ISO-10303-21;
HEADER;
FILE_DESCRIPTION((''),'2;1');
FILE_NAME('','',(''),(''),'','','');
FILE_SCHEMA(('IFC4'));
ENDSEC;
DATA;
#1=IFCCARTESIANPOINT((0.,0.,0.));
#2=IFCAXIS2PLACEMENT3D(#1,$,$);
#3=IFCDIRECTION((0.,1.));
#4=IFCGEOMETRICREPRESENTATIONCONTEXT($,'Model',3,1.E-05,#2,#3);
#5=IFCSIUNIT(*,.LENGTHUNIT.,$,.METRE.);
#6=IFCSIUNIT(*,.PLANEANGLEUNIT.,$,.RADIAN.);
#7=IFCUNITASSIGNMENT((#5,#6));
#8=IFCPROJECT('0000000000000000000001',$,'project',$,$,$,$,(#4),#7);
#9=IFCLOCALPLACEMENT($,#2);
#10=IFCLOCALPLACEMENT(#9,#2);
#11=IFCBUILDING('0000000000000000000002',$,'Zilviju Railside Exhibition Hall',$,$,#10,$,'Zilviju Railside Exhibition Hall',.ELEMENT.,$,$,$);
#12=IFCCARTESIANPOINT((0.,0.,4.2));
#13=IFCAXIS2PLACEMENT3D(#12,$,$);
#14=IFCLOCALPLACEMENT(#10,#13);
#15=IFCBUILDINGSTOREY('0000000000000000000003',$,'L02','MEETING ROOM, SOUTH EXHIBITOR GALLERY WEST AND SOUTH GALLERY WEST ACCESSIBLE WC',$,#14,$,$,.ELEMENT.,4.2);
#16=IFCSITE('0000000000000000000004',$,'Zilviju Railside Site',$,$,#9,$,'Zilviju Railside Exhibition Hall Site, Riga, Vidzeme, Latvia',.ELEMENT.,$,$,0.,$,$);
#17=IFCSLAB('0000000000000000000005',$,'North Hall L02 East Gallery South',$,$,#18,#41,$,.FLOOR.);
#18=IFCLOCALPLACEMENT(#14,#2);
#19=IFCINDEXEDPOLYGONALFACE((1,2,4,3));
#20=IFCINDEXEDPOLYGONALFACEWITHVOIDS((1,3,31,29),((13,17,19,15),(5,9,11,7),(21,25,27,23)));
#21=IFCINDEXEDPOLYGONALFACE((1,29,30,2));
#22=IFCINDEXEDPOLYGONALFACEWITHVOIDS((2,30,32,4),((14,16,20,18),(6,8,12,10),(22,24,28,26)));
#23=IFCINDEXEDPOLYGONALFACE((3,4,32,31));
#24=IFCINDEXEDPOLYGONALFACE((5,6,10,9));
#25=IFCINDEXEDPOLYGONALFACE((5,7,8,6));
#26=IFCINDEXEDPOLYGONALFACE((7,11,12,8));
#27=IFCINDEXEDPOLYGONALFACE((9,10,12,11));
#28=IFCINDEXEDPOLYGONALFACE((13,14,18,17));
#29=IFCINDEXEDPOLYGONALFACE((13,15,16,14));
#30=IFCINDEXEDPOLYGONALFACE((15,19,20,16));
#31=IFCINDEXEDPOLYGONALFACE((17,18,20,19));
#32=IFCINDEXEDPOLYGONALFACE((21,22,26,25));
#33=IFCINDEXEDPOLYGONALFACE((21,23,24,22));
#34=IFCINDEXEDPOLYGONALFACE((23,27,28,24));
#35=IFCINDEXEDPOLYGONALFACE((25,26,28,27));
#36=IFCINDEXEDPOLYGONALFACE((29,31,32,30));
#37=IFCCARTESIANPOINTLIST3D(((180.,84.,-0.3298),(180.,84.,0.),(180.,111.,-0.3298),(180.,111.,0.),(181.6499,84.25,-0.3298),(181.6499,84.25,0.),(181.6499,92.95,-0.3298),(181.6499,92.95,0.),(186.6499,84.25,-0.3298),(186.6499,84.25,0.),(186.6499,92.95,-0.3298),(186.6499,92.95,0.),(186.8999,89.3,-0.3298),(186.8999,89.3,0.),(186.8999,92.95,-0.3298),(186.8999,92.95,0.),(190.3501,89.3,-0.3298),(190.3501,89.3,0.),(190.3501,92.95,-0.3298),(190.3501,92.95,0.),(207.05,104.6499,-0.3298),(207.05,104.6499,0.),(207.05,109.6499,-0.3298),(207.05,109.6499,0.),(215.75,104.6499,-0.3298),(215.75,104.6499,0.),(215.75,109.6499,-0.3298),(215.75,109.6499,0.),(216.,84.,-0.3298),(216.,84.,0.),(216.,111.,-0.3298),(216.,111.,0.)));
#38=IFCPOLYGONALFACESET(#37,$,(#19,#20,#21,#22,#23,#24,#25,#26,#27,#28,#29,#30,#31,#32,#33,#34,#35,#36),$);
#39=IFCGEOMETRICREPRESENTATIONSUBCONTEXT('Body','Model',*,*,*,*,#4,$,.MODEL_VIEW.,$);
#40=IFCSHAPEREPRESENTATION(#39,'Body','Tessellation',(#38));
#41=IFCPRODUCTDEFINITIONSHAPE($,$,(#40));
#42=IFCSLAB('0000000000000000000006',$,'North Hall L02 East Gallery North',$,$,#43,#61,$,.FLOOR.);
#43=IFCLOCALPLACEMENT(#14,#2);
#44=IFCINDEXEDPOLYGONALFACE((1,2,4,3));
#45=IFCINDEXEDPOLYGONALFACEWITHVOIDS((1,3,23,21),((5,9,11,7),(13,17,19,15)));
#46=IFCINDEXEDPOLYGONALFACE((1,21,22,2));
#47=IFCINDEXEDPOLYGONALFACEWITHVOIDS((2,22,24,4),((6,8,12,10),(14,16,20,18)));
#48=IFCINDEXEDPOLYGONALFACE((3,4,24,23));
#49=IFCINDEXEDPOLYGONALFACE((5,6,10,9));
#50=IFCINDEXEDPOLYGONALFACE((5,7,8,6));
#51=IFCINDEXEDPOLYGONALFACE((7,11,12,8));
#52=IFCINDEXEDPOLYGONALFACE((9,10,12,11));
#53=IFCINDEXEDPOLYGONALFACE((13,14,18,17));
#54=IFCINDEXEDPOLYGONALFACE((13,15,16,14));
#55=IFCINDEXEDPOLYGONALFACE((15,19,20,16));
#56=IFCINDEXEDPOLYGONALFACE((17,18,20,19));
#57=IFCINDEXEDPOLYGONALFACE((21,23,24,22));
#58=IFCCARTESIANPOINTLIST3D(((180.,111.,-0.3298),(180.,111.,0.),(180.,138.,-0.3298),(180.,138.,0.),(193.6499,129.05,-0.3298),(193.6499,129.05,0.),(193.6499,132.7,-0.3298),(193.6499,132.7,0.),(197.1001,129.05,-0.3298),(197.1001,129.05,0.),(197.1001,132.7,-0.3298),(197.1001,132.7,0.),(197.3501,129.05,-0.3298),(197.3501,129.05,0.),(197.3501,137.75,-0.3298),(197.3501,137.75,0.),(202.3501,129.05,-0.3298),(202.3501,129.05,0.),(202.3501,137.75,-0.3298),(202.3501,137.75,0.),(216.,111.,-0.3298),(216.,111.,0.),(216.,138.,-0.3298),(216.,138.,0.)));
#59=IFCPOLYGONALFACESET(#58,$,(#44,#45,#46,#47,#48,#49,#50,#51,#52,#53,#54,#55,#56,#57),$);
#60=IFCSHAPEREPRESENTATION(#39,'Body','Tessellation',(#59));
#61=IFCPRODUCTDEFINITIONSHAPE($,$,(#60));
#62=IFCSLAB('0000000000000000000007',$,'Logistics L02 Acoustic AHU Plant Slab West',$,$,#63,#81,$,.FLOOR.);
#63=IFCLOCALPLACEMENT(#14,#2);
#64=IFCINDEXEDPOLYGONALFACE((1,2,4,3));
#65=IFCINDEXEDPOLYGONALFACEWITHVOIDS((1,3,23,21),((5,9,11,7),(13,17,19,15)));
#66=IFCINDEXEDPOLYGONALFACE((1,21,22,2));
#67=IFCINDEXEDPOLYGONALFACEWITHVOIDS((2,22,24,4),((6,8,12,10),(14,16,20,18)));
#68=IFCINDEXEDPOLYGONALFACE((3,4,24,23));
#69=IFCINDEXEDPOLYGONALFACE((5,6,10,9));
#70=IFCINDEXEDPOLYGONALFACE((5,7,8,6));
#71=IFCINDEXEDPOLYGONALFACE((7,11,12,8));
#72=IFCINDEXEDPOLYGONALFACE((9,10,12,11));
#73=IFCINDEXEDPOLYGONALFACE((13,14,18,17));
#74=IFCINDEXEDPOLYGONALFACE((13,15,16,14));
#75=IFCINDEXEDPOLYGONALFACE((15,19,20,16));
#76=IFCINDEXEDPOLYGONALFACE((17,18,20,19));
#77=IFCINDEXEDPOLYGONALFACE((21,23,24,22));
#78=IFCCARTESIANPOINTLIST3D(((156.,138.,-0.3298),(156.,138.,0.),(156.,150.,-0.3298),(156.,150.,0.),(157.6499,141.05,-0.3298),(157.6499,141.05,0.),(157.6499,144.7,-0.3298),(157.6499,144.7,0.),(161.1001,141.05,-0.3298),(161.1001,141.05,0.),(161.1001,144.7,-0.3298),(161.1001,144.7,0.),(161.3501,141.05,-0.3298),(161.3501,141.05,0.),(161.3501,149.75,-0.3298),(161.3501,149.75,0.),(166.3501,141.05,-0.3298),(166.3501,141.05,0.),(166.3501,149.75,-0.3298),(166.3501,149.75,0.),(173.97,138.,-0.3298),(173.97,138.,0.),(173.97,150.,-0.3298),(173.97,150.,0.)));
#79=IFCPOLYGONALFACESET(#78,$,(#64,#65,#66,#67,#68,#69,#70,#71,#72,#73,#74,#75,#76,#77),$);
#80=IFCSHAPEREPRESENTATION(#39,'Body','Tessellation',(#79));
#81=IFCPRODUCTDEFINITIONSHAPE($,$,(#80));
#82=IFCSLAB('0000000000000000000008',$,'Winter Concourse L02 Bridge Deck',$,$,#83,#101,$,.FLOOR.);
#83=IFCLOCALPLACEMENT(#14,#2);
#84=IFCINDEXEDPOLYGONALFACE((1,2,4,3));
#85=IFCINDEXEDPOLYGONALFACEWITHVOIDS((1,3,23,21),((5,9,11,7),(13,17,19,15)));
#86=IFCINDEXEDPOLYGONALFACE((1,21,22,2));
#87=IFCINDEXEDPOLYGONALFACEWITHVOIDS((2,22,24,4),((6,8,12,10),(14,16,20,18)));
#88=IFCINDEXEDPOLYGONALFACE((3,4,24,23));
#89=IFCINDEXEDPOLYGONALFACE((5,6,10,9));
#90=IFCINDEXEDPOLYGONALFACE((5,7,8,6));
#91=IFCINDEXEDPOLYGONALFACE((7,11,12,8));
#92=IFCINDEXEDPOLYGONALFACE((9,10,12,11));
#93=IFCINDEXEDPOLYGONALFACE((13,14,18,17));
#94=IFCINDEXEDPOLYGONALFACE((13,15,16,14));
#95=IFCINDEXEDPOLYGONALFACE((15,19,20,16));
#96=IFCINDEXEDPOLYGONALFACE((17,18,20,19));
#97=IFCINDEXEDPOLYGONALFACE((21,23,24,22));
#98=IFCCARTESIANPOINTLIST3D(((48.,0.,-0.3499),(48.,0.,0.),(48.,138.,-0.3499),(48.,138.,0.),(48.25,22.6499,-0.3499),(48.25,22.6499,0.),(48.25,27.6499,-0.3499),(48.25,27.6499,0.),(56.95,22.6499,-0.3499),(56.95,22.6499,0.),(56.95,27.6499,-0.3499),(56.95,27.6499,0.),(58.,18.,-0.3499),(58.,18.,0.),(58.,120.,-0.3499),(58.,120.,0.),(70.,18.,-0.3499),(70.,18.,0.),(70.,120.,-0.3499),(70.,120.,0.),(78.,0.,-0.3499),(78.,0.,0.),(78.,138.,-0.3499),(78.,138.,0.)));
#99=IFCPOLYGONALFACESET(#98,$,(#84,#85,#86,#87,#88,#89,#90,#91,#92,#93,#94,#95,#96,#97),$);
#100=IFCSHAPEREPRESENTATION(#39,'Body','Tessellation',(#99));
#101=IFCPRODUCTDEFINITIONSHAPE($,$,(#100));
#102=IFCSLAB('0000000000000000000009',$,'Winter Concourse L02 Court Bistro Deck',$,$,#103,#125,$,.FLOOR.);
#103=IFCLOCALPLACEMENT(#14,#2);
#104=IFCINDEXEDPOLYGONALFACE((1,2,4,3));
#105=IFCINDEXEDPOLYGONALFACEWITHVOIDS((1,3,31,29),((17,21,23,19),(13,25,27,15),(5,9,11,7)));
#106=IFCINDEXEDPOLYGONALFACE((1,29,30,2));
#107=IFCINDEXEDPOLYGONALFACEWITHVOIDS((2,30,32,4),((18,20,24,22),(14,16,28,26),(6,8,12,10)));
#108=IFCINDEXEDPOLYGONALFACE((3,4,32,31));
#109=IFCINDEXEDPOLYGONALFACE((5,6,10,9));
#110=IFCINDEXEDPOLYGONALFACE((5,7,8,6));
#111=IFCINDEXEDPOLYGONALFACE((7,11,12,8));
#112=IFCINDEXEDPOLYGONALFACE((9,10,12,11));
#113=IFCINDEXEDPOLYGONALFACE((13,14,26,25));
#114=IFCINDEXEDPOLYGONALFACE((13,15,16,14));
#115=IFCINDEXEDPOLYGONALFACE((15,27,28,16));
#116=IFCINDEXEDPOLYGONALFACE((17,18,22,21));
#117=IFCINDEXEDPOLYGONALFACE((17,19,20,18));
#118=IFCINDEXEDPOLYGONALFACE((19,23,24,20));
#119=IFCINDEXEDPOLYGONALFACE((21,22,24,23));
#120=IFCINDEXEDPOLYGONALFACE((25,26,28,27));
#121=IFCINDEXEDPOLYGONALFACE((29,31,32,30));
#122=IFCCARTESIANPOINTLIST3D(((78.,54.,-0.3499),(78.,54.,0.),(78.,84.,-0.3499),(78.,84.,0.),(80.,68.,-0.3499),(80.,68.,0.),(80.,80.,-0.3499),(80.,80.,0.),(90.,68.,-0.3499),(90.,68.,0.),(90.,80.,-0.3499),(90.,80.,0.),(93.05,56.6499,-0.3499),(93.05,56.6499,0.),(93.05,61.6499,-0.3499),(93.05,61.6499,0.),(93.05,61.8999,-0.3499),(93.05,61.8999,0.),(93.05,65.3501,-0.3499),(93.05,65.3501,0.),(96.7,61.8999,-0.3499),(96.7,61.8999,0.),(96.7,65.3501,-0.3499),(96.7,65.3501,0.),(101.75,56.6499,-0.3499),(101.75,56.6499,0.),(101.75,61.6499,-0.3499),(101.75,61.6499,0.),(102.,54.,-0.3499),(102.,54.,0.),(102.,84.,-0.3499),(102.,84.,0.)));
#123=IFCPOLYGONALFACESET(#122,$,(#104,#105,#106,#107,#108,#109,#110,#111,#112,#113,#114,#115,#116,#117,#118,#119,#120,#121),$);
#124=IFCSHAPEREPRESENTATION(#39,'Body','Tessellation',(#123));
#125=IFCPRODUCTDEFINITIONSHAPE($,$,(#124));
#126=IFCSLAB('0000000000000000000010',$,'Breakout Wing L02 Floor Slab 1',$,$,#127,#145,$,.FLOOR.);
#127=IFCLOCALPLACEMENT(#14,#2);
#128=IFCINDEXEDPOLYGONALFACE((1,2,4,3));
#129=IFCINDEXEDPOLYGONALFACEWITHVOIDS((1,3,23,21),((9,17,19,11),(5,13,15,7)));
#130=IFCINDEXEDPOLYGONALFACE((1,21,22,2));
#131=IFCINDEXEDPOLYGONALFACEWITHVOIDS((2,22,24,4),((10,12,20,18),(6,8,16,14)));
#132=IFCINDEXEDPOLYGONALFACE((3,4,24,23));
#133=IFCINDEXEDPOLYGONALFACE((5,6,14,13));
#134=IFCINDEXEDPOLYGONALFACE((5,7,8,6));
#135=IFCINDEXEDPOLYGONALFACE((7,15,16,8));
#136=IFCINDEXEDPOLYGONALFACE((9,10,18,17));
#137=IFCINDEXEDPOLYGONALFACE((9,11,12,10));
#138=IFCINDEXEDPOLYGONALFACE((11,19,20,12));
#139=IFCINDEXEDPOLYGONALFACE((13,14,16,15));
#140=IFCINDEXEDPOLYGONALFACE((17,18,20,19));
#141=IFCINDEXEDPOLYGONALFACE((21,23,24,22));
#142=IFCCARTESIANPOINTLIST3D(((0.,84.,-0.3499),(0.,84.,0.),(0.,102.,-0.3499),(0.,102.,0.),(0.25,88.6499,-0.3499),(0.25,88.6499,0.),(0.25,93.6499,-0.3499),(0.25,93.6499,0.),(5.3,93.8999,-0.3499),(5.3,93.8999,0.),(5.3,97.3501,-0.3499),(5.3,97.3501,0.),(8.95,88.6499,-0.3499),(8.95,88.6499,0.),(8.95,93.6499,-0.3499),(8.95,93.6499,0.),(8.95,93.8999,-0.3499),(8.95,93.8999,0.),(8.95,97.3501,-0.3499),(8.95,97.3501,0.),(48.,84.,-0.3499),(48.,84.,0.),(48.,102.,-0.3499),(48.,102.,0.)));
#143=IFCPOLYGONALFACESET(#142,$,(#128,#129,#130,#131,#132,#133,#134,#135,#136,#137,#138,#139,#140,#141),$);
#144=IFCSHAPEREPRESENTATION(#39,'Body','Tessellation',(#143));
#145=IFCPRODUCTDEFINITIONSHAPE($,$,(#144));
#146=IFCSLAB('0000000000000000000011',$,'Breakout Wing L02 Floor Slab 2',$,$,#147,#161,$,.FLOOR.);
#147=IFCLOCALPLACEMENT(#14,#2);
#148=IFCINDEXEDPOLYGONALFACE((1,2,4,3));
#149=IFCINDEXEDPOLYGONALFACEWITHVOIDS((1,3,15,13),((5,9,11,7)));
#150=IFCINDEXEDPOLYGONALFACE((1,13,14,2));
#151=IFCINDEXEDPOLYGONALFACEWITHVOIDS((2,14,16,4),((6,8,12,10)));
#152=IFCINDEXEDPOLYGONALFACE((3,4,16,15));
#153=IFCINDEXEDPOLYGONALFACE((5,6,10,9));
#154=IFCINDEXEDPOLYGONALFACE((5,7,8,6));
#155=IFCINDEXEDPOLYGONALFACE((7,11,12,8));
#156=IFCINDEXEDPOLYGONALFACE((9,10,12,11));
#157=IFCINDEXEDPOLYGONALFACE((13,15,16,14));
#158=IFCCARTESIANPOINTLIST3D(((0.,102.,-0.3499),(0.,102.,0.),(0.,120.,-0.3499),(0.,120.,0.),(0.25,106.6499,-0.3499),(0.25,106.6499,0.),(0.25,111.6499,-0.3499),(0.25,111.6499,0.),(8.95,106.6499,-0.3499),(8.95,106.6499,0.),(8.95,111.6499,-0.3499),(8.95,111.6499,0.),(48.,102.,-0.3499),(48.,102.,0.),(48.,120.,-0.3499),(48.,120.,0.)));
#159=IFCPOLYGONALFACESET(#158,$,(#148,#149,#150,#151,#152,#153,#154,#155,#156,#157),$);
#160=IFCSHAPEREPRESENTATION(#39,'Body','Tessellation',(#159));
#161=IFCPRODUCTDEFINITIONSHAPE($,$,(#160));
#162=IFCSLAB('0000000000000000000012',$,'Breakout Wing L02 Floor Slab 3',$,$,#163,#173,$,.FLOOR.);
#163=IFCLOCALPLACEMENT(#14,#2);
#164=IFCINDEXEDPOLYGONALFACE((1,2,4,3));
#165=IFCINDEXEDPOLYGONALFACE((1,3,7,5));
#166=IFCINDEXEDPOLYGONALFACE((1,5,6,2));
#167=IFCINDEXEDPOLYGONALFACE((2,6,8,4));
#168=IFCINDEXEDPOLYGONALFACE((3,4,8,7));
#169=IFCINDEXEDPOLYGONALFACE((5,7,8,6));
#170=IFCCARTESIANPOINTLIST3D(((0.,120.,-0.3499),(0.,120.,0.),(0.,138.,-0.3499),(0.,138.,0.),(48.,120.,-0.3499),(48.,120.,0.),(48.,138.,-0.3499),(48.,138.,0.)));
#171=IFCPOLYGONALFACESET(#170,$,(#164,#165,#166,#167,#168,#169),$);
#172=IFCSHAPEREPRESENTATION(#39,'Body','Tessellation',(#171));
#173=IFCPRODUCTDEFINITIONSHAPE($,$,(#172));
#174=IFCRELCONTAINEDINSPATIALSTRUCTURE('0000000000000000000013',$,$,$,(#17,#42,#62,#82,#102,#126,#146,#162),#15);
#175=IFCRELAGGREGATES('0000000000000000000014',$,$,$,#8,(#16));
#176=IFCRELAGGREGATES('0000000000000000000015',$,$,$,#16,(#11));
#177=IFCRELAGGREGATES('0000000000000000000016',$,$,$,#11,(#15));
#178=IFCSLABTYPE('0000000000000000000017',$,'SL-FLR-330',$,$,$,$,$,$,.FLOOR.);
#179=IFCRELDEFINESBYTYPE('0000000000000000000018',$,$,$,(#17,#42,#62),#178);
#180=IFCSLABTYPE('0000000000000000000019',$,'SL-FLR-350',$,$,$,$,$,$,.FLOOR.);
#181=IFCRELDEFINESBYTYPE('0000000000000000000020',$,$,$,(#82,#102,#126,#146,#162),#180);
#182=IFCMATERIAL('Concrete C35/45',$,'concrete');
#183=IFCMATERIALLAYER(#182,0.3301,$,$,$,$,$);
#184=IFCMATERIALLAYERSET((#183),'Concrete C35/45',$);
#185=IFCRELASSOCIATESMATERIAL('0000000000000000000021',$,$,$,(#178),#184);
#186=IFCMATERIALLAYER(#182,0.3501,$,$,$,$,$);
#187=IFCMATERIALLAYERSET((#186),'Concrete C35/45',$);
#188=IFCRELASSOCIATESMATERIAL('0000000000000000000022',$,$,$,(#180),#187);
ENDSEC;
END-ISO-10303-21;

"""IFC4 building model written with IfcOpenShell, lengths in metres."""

from ifc_helpers import new_model, si_unit, direction, frame, origin, place, context, subcontext, project, spatial, polyline, outline, extrude, material, layer, layer_set, type_object, element, save


model = new_model("IFC4")

# Units and contexts
model_context = context("Model", 3, precision=1e-05, world=origin(), true_north=direction((0.0, 1.0)))
body_context = subcontext(model_context, "Body", "Model", "MODEL_VIEW")
ifc_project = project(units=[si_unit("LENGTHUNIT", "METRE"), si_unit("PLANEANGLEUNIT", "RADIAN")], contexts=[model_context])

# Site, building, storey
site_placement = place(None, origin())
site = spatial("IfcSite", under=ifc_project, at=site_placement, Name="Zilviju Railside Site", LongName="Zilviju Railside Exhibition Hall Site, Riga, Vidzeme, Latvia", CompositionType="ELEMENT", RefElevation=0.0)
building_placement = place(site_placement, origin())
building = spatial("IfcBuilding", under=site, at=building_placement, Name="Zilviju Railside Exhibition Hall", LongName="Zilviju Railside Exhibition Hall", CompositionType="ELEMENT")
storey_placement = place(building_placement, frame((0.0, 0.0, 4.2)))
storey = spatial("IfcBuildingStorey", under=building, at=storey_placement, Name="L02", Description="MEETING ROOM, SOUTH EXHIBITOR GALLERY WEST AND SOUTH GALLERY WEST ACCESSIBLE WC", CompositionType="ELEMENT", Elevation=4.2)

# Slabs
ifc_material = material(Name="Concrete C35/45", Category="concrete")
ifc_layer_1 = layer(ifc_material, 0.3301)
ifc_layer_set_1 = layer_set([ifc_layer_1], Name="Concrete C35/45")
slab_type_1 = type_object("IfcSlabType", Name="SL-FLR-330", PredefinedType="FLOOR", material=ifc_layer_set_1)
slab_1_placement = place(storey_placement, frame((0.0, 0.0, -0.3298)))
element("IfcSlab", 1, at=slab_1_placement, inside=storey, type_object=slab_type_1, Name="North Hall L02 East Gallery South", PredefinedType="FLOOR", context=body_context, shape_type="SweptSolid", body=[
    extrude(outline(polyline([(180.0, 84.0), (216.0, 84.0), (216.0, 111.0), (180.0, 111.0), (180.0, 84.0)]), holes=[polyline([(181.6499, 84.25), (186.6499, 84.25), (186.6499, 92.95), (181.6499, 92.95), (181.6499, 84.25)]), polyline([(186.8999, 89.3), (190.3501, 89.3), (190.3501, 92.95), (186.8999, 92.95), (186.8999, 89.3)]), polyline([(207.05, 104.6499), (215.75, 104.6499), (215.75, 109.6499), (207.05, 109.6499), (207.05, 104.6499)])]), origin(), (0.0, 0.0, 1.0), 0.3298),
])
slab_2_placement = place(storey_placement, frame((0.0, 0.0, -0.3298)))
element("IfcSlab", 2, at=slab_2_placement, inside=storey, type_object=slab_type_1, Name="North Hall L02 East Gallery North", PredefinedType="FLOOR", context=body_context, shape_type="SweptSolid", body=[
    extrude(outline(polyline([(180.0, 111.0), (216.0, 111.0), (216.0, 138.0), (180.0, 138.0), (180.0, 111.0)]), holes=[polyline([(197.3501, 129.05), (202.3501, 129.05), (202.3501, 137.75), (197.3501, 137.75), (197.3501, 129.05)]), polyline([(193.6499, 129.05), (197.1001, 129.05), (197.1001, 132.7), (193.6499, 132.7), (193.6499, 129.05)])]), origin(), (0.0, 0.0, 1.0), 0.3298),
])
slab_3_placement = place(storey_placement, frame((0.0, 0.0, -0.3298)))
element("IfcSlab", 3, at=slab_3_placement, inside=storey, type_object=slab_type_1, Name="Logistics L02 Acoustic AHU Plant Slab West", PredefinedType="FLOOR", context=body_context, shape_type="SweptSolid", body=[
    extrude(outline(polyline([(156.0, 138.0), (173.97, 138.0), (173.97, 150.0), (156.0, 150.0), (156.0, 138.0)]), holes=[polyline([(161.3501, 141.05), (166.3501, 141.05), (166.3501, 149.75), (161.3501, 149.75), (161.3501, 141.05)]), polyline([(157.6499, 141.05), (161.1001, 141.05), (161.1001, 144.7), (157.6499, 144.7), (157.6499, 141.05)])]), origin(), (0.0, 0.0, 1.0), 0.3298),
])
ifc_layer_2 = layer(ifc_material, 0.3501)
ifc_layer_set_2 = layer_set([ifc_layer_2], Name="Concrete C35/45")
slab_type_2 = type_object("IfcSlabType", Name="SL-FLR-350", PredefinedType="FLOOR", material=ifc_layer_set_2)
slab_4_placement = place(storey_placement, frame((0.0, 0.0, -0.3499)))
element("IfcSlab", 4, at=slab_4_placement, inside=storey, type_object=slab_type_2, Name="Winter Concourse L02 Bridge Deck", PredefinedType="FLOOR", context=body_context, shape_type="SweptSolid", body=[
    extrude(outline(polyline([(48.0, 0.0), (78.0, 0.0), (78.0, 138.0), (48.0, 138.0), (48.0, 0.0)]), holes=[polyline([(58.0, 18.0), (70.0, 18.0), (70.0, 120.0), (58.0, 120.0), (58.0, 18.0)]), polyline([(48.25, 22.6499), (56.95, 22.6499), (56.95, 27.6499), (48.25, 27.6499), (48.25, 22.6499)])]), origin(), (0.0, 0.0, 1.0), 0.3499),
])
slab_5_placement = place(storey_placement, frame((0.0, 0.0, -0.3499)))
element("IfcSlab", 5, at=slab_5_placement, inside=storey, type_object=slab_type_2, Name="Winter Concourse L02 Court Bistro Deck", PredefinedType="FLOOR", context=body_context, shape_type="SweptSolid", body=[
    extrude(outline(polyline([(78.0, 54.0), (102.0, 54.0), (102.0, 84.0), (78.0, 84.0), (78.0, 54.0)]), holes=[polyline([(80.0, 68.0), (90.0, 68.0), (90.0, 80.0), (80.0, 80.0), (80.0, 68.0)]), polyline([(93.05, 56.6499), (101.75, 56.6499), (101.75, 61.6499), (93.05, 61.6499), (93.05, 56.6499)]), polyline([(93.05, 61.8999), (96.7, 61.8999), (96.7, 65.3501), (93.05, 65.3501), (93.05, 61.8999)])]), origin(), (0.0, 0.0, 1.0), 0.3499),
])
slab_6_placement = place(storey_placement, frame((0.0, 0.0, -0.3499)))
element("IfcSlab", 6, at=slab_6_placement, inside=storey, type_object=slab_type_2, Name="Breakout Wing L02 Floor Slab 1", PredefinedType="FLOOR", context=body_context, shape_type="SweptSolid", body=[
    extrude(outline(polyline([(0.0, 84.0), (48.0, 84.0), (48.0, 102.0), (0.0, 102.0), (0.0, 84.0)]), holes=[polyline([(0.25, 88.6499), (8.95, 88.6499), (8.95, 93.6499), (0.25, 93.6499), (0.25, 88.6499)]), polyline([(5.3, 93.8999), (8.95, 93.8999), (8.95, 97.3501), (5.3, 97.3501), (5.3, 93.8999)])]), origin(), (0.0, 0.0, 1.0), 0.3499),
])
slab_7_placement = place(storey_placement, frame((0.0, 0.0, -0.3499)))
element("IfcSlab", 7, at=slab_7_placement, inside=storey, type_object=slab_type_2, Name="Breakout Wing L02 Floor Slab 2", PredefinedType="FLOOR", context=body_context, shape_type="SweptSolid", body=[
    extrude(outline(polyline([(0.0, 102.0), (48.0, 102.0), (48.0, 120.0), (0.0, 120.0), (0.0, 102.0)]), holes=[polyline([(0.25, 106.6499), (8.95, 106.6499), (8.95, 111.6499), (0.25, 111.6499), (0.25, 106.6499)])]), origin(), (0.0, 0.0, 1.0), 0.3499),
])
slab_8_placement = place(storey_placement, frame((0.0, 0.0, -0.3499)))
element("IfcSlab", 8, at=slab_8_placement, inside=storey, type_object=slab_type_2, Name="Breakout Wing L02 Floor Slab 3", PredefinedType="FLOOR", context=body_context, shape_type="SweptSolid", body=[
    extrude(outline(polyline([(0.0, 120.0), (48.0, 120.0), (48.0, 138.0), (0.0, 138.0), (0.0, 120.0)])), origin(), (0.0, 0.0, 1.0), 0.3499),
])

save(model, "model.ifc")
